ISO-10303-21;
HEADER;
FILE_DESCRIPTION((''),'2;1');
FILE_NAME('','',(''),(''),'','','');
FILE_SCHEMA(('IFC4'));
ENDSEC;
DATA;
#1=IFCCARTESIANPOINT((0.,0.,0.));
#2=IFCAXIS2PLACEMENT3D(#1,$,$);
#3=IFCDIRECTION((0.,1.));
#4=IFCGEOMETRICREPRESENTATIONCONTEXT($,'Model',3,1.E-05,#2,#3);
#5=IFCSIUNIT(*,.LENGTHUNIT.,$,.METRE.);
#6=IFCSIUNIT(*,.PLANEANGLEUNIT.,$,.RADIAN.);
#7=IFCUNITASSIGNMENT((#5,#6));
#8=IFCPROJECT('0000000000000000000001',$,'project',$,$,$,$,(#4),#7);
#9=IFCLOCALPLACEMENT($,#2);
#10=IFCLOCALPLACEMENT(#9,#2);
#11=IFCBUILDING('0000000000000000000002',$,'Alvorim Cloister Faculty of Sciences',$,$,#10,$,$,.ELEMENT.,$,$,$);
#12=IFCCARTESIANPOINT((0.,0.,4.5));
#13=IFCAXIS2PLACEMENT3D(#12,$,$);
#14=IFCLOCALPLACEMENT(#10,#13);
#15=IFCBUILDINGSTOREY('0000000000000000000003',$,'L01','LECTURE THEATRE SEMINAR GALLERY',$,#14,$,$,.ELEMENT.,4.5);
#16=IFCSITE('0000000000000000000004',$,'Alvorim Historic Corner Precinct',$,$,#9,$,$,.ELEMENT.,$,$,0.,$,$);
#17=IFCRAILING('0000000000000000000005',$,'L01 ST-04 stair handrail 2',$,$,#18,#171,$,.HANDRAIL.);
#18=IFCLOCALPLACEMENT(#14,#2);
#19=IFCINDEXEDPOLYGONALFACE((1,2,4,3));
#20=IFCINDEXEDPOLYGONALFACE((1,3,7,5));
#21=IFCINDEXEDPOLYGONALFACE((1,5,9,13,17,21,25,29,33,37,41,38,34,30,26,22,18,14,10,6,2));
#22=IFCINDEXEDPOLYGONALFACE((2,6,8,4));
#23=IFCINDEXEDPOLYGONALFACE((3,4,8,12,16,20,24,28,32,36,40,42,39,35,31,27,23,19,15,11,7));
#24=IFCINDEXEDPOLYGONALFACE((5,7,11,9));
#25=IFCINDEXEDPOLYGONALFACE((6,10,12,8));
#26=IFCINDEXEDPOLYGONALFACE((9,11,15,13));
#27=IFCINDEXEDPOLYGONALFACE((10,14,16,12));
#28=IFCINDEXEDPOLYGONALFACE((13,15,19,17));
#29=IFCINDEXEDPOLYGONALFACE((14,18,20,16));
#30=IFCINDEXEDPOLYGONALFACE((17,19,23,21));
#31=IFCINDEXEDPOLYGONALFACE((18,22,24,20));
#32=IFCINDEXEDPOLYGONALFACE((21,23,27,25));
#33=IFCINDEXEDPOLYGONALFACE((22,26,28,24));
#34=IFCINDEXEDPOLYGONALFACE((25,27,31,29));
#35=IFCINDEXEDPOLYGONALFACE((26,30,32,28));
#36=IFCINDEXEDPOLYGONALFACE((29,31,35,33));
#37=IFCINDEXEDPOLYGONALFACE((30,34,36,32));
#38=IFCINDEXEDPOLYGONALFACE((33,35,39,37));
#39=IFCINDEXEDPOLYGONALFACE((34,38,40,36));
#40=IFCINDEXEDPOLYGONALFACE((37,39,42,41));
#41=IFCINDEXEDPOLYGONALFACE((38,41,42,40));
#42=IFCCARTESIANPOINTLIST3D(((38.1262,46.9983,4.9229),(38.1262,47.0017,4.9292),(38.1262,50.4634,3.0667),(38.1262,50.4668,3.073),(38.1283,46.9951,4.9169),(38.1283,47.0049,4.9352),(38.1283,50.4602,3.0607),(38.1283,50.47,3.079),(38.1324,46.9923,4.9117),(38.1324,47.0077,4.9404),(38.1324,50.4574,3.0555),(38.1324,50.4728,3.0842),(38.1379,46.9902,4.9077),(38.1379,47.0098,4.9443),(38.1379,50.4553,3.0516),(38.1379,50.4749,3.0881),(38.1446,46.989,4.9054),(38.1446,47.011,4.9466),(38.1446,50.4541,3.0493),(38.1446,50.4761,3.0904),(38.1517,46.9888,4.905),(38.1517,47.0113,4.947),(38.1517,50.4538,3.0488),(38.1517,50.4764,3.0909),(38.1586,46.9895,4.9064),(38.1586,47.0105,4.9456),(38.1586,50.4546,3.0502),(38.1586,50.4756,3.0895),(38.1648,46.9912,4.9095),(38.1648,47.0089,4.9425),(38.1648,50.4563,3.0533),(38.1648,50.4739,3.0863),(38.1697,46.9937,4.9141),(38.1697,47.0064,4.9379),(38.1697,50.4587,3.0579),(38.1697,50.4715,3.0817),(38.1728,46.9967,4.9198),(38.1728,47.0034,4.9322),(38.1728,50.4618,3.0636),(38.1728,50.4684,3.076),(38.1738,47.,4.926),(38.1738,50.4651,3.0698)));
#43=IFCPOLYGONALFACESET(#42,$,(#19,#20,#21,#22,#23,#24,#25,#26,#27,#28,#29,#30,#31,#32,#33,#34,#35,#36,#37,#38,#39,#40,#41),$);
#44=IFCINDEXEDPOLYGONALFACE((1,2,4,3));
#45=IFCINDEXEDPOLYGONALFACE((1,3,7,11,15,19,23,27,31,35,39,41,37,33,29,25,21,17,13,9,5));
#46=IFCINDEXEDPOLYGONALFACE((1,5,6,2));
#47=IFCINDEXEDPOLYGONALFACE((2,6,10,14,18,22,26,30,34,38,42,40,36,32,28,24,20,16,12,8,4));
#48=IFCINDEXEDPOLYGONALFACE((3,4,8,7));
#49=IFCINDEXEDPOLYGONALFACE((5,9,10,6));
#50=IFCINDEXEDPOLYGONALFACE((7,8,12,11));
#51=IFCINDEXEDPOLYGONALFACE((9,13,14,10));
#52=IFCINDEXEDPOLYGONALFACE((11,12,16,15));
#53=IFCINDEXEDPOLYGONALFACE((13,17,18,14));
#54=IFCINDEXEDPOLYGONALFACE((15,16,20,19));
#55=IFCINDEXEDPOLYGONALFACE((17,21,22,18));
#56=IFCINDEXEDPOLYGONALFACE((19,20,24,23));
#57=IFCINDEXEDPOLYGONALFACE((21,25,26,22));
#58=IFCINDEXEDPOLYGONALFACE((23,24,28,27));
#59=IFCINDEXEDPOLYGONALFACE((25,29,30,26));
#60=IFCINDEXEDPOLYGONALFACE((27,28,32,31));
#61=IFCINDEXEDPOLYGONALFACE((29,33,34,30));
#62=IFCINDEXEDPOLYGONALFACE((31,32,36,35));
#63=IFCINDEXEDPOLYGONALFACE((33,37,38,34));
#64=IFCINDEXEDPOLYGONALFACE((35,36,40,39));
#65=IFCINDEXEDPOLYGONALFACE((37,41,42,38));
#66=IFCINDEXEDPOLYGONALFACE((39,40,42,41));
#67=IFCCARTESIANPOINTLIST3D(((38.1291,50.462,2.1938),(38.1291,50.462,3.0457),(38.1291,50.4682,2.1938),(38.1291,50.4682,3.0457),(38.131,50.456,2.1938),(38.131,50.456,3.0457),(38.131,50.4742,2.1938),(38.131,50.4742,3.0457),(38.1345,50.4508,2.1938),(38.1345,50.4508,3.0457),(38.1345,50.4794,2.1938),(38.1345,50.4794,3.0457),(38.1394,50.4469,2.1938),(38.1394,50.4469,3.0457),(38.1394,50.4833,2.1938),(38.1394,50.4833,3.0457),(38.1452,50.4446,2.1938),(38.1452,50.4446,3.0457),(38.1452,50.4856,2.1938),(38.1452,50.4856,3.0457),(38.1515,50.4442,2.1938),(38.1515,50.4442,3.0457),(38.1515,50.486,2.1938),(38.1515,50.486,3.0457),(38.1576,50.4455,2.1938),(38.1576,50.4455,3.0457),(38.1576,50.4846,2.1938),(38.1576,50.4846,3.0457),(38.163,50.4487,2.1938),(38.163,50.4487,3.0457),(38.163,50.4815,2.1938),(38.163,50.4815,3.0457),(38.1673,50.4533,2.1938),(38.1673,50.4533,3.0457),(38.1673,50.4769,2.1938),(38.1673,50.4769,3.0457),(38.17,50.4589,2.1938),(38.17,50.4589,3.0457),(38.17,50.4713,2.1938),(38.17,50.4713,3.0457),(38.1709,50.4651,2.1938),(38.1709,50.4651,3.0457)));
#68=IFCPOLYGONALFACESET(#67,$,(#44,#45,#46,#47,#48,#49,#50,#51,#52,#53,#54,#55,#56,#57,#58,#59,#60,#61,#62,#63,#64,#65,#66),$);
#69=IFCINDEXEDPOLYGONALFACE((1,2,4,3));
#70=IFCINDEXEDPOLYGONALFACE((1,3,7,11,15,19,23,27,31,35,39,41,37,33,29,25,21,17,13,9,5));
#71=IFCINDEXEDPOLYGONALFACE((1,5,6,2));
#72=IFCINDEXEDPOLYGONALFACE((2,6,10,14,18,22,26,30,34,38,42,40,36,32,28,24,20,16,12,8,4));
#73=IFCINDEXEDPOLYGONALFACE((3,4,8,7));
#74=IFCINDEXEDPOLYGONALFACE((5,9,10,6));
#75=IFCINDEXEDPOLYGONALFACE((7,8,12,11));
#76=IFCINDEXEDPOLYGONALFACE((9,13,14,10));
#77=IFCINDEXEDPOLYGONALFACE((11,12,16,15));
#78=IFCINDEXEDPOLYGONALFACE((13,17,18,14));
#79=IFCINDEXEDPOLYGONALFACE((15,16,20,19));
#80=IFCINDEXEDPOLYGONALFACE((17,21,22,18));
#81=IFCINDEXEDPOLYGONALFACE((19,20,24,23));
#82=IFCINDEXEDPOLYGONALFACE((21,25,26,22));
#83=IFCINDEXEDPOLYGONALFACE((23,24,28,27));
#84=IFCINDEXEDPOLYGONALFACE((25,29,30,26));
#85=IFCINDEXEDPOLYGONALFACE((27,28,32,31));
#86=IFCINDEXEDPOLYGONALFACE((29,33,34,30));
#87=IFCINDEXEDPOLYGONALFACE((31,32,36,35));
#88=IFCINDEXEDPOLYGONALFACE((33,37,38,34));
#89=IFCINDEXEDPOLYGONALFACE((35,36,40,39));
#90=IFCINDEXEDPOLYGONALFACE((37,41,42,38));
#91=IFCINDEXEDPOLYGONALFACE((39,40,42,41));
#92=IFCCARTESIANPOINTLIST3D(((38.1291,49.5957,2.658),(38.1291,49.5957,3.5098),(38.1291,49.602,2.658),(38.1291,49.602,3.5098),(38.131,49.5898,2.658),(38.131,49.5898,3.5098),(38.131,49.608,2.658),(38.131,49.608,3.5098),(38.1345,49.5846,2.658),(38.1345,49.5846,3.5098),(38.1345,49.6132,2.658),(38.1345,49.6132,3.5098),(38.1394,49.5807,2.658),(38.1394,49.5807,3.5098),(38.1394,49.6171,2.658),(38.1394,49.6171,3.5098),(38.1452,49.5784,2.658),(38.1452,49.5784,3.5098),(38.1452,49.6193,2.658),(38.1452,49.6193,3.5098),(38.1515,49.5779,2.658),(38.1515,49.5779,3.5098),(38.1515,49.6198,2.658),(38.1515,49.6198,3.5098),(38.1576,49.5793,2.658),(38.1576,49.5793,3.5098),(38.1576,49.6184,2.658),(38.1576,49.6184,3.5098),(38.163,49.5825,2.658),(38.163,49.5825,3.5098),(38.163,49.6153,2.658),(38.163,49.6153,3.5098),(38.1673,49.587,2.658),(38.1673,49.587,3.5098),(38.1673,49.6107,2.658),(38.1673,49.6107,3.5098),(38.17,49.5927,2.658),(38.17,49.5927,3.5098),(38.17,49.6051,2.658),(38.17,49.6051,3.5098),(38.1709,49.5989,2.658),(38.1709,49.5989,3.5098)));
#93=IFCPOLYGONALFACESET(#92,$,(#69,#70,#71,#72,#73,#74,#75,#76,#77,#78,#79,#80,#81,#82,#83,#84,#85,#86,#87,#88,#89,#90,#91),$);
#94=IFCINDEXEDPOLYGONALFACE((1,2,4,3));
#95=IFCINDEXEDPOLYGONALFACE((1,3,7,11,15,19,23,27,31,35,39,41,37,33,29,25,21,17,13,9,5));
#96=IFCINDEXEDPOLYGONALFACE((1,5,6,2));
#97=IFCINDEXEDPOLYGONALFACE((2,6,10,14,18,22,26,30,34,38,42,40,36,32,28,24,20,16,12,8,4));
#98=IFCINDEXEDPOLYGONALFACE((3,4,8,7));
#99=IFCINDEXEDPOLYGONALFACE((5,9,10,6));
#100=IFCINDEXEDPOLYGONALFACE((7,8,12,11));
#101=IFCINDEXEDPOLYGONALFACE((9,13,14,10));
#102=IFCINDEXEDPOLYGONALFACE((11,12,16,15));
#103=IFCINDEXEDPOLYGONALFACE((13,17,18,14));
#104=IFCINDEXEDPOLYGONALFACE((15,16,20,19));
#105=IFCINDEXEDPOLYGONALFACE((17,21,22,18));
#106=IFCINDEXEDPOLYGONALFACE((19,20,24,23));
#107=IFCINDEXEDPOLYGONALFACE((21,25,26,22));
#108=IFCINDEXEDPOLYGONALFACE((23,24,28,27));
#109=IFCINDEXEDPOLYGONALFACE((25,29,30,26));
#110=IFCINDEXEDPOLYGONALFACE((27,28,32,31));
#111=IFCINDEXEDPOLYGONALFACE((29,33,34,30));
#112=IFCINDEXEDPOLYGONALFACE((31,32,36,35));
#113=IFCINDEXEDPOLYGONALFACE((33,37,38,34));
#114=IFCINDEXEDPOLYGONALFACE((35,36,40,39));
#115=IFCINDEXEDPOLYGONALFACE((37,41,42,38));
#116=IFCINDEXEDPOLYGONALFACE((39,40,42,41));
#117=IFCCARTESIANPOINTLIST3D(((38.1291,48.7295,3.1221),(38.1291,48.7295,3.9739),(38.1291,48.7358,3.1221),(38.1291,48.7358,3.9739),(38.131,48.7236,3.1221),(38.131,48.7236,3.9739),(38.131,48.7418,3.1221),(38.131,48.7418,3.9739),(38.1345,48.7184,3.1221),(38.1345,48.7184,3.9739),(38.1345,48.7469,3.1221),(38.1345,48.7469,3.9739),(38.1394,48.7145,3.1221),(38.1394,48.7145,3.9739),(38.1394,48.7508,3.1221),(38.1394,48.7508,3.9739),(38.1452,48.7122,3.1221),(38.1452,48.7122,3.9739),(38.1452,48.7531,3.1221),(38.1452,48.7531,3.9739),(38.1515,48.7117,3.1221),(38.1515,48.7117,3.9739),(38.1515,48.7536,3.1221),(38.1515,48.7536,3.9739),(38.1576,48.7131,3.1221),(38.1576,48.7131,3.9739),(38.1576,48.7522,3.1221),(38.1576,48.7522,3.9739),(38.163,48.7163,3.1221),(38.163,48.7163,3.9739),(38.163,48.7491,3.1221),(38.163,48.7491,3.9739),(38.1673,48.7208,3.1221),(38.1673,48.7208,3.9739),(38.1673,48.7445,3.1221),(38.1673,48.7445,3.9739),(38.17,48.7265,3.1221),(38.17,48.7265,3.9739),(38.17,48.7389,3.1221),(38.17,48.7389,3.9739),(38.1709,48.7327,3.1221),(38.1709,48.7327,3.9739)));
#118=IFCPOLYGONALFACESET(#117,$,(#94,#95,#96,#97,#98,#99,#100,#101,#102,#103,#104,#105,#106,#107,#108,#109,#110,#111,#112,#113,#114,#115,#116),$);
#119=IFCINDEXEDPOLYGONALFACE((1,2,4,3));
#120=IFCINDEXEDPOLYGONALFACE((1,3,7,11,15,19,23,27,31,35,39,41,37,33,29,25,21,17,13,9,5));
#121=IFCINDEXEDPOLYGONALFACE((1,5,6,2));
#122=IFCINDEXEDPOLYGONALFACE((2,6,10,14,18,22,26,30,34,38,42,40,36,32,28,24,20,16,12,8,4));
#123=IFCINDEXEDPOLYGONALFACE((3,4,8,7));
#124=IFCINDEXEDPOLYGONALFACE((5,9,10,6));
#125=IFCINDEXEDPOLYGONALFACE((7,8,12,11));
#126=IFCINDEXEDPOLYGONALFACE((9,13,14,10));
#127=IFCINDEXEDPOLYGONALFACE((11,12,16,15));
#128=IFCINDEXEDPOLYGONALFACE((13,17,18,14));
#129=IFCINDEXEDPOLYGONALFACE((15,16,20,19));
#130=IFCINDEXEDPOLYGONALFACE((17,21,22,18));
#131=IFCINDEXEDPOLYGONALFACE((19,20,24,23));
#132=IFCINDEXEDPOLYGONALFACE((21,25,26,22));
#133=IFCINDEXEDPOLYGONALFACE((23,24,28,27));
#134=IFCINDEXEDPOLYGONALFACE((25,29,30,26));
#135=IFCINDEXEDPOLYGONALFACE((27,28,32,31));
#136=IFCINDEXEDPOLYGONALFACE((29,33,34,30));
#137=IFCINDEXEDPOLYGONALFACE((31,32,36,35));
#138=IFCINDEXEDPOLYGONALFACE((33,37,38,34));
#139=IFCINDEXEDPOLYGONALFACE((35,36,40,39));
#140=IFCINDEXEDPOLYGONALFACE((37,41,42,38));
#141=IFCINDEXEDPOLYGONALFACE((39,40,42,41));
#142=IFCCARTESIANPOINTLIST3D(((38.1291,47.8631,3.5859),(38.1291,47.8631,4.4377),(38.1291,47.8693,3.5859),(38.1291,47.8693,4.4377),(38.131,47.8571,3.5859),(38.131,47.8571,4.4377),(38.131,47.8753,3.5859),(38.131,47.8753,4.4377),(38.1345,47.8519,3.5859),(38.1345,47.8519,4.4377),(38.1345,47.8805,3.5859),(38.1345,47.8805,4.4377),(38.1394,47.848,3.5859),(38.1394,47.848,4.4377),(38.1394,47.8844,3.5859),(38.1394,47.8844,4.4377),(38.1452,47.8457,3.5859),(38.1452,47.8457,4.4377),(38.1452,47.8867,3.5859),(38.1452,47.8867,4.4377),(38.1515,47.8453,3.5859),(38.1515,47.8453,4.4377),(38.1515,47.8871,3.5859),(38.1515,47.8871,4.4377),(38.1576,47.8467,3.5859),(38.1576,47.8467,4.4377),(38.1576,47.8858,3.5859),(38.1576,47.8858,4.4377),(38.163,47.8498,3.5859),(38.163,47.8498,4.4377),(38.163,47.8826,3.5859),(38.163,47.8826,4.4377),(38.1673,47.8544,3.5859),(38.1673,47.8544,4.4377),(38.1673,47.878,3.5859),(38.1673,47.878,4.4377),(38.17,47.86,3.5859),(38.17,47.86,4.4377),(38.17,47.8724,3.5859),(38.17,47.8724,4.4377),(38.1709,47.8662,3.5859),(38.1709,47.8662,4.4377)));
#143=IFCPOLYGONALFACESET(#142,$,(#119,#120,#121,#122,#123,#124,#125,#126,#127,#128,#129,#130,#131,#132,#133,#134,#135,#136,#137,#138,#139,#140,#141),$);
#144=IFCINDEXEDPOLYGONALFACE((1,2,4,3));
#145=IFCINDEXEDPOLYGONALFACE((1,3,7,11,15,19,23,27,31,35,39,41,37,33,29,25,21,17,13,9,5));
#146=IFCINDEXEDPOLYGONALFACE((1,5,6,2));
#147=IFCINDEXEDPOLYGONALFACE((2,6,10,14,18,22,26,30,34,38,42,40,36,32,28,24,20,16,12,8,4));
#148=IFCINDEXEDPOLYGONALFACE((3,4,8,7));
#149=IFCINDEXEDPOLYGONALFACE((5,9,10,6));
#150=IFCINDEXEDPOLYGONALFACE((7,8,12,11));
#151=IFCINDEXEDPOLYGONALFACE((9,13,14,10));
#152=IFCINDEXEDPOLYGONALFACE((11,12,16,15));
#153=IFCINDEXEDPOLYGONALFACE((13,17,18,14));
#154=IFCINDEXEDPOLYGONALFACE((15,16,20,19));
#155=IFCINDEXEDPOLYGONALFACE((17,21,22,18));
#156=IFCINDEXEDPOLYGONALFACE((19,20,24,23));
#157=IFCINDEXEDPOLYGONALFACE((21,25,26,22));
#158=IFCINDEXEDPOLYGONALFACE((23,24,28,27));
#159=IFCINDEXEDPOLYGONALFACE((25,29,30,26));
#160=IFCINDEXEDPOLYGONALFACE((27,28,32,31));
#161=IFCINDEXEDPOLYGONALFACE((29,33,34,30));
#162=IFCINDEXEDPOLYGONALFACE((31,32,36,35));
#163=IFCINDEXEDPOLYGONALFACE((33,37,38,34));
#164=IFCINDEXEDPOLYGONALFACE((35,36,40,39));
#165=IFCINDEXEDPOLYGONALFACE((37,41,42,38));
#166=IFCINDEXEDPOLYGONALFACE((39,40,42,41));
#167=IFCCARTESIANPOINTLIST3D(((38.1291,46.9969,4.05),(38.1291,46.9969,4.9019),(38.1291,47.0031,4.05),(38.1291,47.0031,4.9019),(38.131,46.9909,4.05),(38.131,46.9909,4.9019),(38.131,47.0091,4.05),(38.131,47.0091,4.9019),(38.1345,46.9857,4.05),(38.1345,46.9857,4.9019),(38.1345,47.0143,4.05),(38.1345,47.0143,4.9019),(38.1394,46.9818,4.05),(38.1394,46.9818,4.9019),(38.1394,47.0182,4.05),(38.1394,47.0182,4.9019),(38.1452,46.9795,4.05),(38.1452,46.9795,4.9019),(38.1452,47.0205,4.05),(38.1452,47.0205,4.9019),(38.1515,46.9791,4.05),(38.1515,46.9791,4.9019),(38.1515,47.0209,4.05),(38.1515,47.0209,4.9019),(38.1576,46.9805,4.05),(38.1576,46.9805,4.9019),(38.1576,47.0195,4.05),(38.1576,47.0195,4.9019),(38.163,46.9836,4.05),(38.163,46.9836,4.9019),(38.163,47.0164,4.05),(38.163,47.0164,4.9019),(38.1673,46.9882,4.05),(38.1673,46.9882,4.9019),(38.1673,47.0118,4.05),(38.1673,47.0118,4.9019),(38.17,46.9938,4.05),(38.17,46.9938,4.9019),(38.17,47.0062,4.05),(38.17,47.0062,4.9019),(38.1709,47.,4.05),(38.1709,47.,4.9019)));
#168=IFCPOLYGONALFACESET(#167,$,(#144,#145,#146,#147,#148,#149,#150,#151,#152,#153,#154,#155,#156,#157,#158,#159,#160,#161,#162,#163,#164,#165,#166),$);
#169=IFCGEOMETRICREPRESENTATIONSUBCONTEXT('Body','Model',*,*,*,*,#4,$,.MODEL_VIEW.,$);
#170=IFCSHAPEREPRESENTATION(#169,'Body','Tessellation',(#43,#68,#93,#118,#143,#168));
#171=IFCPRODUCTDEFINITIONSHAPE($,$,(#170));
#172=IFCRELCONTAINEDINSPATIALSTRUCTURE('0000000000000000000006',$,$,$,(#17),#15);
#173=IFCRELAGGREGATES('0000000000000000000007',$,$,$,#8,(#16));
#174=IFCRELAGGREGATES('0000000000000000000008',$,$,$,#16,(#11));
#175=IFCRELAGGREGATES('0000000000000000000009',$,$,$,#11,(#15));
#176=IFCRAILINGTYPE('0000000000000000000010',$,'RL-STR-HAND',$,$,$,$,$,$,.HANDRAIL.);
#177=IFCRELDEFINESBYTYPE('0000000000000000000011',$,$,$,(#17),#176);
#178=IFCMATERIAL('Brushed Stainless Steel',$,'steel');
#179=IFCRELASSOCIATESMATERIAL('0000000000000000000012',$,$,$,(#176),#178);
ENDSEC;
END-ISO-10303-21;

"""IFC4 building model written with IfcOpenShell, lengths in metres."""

from ifc_helpers import new_model, si_unit, direction, frame, origin, origin_2d, place, context, subcontext, project, spatial, circle, extrude, material, type_object, element, save


model = new_model("IFC4")

# Units and contexts
model_context = context("Model", 3, precision=1e-05, world=origin(), true_north=direction((0.0, 1.0)))
body_context = subcontext(model_context, "Body", "Model", "MODEL_VIEW")
ifc_project = project(units=[si_unit("LENGTHUNIT", "METRE"), si_unit("PLANEANGLEUNIT", "RADIAN")], contexts=[model_context])

# Site, building, storey
site_placement = place(None, origin())
site = spatial("IfcSite", under=ifc_project, at=site_placement, Name="Alvorim Historic Corner Precinct", CompositionType="ELEMENT", RefElevation=0.0)
building_placement = place(site_placement, origin())
building = spatial("IfcBuilding", under=site, at=building_placement, Name="Alvorim Cloister Faculty of Sciences", CompositionType="ELEMENT")
storey_placement = place(building_placement, frame((0.0, 0.0, 4.5)))
storey = spatial("IfcBuildingStorey", under=building, at=storey_placement, Name="L01", Description="LECTURE THEATRE SEMINAR GALLERY", CompositionType="ELEMENT", Elevation=4.5)

# Shared definitions
ifc_material_1 = material(Name="Brushed Stainless Steel", Category="steel")

# Railing
railing_type_1 = type_object("IfcRailingType", Name="RL-STR-HAND", PredefinedType="HANDRAIL", material=ifc_material_1)
railing_1_placement = place(storey_placement, frame((38.1499, 50.4651, 2.1938)))
element("IfcRailing", 1, at=railing_1_placement, inside=storey, type_object=railing_type_1, Name="L01 ST-04 stair handrail 2", PredefinedType="HANDRAIL", context=body_context, shape_type="SweptSolid", body=[
    extrude(circle(Radius=0.0239, at=origin_2d()), frame((0.0, 0.0, 0.876), z_axis=(0.0, -0.88149, 0.472202), x_axis=(1.0, 0.0, 0.0)), (0.0, 0.0, 1.0), 3.9309),
    extrude(circle(Radius=0.021, at=origin_2d()), origin(), (0.0, 0.0, 1.0), 0.8518),
    extrude(circle(Radius=0.021, at=origin_2d()), frame((0.0, -0.8662, 0.4641)), (0.0, 0.0, 1.0), 0.8518),
    extrude(circle(Radius=0.021, at=origin_2d()), frame((0.0, -1.7324, 0.9282)), (0.0, 0.0, 1.0), 0.8518),
    extrude(circle(Radius=0.021, at=origin_2d()), frame((0.0, -2.5989, 1.3921)), (0.0, 0.0, 1.0), 0.8518),
    extrude(circle(Radius=0.021, at=origin_2d()), frame((0.0, -3.4651, 1.8562)), (0.0, 0.0, 1.0), 0.8518),
])

save(model, "model.ifc")
